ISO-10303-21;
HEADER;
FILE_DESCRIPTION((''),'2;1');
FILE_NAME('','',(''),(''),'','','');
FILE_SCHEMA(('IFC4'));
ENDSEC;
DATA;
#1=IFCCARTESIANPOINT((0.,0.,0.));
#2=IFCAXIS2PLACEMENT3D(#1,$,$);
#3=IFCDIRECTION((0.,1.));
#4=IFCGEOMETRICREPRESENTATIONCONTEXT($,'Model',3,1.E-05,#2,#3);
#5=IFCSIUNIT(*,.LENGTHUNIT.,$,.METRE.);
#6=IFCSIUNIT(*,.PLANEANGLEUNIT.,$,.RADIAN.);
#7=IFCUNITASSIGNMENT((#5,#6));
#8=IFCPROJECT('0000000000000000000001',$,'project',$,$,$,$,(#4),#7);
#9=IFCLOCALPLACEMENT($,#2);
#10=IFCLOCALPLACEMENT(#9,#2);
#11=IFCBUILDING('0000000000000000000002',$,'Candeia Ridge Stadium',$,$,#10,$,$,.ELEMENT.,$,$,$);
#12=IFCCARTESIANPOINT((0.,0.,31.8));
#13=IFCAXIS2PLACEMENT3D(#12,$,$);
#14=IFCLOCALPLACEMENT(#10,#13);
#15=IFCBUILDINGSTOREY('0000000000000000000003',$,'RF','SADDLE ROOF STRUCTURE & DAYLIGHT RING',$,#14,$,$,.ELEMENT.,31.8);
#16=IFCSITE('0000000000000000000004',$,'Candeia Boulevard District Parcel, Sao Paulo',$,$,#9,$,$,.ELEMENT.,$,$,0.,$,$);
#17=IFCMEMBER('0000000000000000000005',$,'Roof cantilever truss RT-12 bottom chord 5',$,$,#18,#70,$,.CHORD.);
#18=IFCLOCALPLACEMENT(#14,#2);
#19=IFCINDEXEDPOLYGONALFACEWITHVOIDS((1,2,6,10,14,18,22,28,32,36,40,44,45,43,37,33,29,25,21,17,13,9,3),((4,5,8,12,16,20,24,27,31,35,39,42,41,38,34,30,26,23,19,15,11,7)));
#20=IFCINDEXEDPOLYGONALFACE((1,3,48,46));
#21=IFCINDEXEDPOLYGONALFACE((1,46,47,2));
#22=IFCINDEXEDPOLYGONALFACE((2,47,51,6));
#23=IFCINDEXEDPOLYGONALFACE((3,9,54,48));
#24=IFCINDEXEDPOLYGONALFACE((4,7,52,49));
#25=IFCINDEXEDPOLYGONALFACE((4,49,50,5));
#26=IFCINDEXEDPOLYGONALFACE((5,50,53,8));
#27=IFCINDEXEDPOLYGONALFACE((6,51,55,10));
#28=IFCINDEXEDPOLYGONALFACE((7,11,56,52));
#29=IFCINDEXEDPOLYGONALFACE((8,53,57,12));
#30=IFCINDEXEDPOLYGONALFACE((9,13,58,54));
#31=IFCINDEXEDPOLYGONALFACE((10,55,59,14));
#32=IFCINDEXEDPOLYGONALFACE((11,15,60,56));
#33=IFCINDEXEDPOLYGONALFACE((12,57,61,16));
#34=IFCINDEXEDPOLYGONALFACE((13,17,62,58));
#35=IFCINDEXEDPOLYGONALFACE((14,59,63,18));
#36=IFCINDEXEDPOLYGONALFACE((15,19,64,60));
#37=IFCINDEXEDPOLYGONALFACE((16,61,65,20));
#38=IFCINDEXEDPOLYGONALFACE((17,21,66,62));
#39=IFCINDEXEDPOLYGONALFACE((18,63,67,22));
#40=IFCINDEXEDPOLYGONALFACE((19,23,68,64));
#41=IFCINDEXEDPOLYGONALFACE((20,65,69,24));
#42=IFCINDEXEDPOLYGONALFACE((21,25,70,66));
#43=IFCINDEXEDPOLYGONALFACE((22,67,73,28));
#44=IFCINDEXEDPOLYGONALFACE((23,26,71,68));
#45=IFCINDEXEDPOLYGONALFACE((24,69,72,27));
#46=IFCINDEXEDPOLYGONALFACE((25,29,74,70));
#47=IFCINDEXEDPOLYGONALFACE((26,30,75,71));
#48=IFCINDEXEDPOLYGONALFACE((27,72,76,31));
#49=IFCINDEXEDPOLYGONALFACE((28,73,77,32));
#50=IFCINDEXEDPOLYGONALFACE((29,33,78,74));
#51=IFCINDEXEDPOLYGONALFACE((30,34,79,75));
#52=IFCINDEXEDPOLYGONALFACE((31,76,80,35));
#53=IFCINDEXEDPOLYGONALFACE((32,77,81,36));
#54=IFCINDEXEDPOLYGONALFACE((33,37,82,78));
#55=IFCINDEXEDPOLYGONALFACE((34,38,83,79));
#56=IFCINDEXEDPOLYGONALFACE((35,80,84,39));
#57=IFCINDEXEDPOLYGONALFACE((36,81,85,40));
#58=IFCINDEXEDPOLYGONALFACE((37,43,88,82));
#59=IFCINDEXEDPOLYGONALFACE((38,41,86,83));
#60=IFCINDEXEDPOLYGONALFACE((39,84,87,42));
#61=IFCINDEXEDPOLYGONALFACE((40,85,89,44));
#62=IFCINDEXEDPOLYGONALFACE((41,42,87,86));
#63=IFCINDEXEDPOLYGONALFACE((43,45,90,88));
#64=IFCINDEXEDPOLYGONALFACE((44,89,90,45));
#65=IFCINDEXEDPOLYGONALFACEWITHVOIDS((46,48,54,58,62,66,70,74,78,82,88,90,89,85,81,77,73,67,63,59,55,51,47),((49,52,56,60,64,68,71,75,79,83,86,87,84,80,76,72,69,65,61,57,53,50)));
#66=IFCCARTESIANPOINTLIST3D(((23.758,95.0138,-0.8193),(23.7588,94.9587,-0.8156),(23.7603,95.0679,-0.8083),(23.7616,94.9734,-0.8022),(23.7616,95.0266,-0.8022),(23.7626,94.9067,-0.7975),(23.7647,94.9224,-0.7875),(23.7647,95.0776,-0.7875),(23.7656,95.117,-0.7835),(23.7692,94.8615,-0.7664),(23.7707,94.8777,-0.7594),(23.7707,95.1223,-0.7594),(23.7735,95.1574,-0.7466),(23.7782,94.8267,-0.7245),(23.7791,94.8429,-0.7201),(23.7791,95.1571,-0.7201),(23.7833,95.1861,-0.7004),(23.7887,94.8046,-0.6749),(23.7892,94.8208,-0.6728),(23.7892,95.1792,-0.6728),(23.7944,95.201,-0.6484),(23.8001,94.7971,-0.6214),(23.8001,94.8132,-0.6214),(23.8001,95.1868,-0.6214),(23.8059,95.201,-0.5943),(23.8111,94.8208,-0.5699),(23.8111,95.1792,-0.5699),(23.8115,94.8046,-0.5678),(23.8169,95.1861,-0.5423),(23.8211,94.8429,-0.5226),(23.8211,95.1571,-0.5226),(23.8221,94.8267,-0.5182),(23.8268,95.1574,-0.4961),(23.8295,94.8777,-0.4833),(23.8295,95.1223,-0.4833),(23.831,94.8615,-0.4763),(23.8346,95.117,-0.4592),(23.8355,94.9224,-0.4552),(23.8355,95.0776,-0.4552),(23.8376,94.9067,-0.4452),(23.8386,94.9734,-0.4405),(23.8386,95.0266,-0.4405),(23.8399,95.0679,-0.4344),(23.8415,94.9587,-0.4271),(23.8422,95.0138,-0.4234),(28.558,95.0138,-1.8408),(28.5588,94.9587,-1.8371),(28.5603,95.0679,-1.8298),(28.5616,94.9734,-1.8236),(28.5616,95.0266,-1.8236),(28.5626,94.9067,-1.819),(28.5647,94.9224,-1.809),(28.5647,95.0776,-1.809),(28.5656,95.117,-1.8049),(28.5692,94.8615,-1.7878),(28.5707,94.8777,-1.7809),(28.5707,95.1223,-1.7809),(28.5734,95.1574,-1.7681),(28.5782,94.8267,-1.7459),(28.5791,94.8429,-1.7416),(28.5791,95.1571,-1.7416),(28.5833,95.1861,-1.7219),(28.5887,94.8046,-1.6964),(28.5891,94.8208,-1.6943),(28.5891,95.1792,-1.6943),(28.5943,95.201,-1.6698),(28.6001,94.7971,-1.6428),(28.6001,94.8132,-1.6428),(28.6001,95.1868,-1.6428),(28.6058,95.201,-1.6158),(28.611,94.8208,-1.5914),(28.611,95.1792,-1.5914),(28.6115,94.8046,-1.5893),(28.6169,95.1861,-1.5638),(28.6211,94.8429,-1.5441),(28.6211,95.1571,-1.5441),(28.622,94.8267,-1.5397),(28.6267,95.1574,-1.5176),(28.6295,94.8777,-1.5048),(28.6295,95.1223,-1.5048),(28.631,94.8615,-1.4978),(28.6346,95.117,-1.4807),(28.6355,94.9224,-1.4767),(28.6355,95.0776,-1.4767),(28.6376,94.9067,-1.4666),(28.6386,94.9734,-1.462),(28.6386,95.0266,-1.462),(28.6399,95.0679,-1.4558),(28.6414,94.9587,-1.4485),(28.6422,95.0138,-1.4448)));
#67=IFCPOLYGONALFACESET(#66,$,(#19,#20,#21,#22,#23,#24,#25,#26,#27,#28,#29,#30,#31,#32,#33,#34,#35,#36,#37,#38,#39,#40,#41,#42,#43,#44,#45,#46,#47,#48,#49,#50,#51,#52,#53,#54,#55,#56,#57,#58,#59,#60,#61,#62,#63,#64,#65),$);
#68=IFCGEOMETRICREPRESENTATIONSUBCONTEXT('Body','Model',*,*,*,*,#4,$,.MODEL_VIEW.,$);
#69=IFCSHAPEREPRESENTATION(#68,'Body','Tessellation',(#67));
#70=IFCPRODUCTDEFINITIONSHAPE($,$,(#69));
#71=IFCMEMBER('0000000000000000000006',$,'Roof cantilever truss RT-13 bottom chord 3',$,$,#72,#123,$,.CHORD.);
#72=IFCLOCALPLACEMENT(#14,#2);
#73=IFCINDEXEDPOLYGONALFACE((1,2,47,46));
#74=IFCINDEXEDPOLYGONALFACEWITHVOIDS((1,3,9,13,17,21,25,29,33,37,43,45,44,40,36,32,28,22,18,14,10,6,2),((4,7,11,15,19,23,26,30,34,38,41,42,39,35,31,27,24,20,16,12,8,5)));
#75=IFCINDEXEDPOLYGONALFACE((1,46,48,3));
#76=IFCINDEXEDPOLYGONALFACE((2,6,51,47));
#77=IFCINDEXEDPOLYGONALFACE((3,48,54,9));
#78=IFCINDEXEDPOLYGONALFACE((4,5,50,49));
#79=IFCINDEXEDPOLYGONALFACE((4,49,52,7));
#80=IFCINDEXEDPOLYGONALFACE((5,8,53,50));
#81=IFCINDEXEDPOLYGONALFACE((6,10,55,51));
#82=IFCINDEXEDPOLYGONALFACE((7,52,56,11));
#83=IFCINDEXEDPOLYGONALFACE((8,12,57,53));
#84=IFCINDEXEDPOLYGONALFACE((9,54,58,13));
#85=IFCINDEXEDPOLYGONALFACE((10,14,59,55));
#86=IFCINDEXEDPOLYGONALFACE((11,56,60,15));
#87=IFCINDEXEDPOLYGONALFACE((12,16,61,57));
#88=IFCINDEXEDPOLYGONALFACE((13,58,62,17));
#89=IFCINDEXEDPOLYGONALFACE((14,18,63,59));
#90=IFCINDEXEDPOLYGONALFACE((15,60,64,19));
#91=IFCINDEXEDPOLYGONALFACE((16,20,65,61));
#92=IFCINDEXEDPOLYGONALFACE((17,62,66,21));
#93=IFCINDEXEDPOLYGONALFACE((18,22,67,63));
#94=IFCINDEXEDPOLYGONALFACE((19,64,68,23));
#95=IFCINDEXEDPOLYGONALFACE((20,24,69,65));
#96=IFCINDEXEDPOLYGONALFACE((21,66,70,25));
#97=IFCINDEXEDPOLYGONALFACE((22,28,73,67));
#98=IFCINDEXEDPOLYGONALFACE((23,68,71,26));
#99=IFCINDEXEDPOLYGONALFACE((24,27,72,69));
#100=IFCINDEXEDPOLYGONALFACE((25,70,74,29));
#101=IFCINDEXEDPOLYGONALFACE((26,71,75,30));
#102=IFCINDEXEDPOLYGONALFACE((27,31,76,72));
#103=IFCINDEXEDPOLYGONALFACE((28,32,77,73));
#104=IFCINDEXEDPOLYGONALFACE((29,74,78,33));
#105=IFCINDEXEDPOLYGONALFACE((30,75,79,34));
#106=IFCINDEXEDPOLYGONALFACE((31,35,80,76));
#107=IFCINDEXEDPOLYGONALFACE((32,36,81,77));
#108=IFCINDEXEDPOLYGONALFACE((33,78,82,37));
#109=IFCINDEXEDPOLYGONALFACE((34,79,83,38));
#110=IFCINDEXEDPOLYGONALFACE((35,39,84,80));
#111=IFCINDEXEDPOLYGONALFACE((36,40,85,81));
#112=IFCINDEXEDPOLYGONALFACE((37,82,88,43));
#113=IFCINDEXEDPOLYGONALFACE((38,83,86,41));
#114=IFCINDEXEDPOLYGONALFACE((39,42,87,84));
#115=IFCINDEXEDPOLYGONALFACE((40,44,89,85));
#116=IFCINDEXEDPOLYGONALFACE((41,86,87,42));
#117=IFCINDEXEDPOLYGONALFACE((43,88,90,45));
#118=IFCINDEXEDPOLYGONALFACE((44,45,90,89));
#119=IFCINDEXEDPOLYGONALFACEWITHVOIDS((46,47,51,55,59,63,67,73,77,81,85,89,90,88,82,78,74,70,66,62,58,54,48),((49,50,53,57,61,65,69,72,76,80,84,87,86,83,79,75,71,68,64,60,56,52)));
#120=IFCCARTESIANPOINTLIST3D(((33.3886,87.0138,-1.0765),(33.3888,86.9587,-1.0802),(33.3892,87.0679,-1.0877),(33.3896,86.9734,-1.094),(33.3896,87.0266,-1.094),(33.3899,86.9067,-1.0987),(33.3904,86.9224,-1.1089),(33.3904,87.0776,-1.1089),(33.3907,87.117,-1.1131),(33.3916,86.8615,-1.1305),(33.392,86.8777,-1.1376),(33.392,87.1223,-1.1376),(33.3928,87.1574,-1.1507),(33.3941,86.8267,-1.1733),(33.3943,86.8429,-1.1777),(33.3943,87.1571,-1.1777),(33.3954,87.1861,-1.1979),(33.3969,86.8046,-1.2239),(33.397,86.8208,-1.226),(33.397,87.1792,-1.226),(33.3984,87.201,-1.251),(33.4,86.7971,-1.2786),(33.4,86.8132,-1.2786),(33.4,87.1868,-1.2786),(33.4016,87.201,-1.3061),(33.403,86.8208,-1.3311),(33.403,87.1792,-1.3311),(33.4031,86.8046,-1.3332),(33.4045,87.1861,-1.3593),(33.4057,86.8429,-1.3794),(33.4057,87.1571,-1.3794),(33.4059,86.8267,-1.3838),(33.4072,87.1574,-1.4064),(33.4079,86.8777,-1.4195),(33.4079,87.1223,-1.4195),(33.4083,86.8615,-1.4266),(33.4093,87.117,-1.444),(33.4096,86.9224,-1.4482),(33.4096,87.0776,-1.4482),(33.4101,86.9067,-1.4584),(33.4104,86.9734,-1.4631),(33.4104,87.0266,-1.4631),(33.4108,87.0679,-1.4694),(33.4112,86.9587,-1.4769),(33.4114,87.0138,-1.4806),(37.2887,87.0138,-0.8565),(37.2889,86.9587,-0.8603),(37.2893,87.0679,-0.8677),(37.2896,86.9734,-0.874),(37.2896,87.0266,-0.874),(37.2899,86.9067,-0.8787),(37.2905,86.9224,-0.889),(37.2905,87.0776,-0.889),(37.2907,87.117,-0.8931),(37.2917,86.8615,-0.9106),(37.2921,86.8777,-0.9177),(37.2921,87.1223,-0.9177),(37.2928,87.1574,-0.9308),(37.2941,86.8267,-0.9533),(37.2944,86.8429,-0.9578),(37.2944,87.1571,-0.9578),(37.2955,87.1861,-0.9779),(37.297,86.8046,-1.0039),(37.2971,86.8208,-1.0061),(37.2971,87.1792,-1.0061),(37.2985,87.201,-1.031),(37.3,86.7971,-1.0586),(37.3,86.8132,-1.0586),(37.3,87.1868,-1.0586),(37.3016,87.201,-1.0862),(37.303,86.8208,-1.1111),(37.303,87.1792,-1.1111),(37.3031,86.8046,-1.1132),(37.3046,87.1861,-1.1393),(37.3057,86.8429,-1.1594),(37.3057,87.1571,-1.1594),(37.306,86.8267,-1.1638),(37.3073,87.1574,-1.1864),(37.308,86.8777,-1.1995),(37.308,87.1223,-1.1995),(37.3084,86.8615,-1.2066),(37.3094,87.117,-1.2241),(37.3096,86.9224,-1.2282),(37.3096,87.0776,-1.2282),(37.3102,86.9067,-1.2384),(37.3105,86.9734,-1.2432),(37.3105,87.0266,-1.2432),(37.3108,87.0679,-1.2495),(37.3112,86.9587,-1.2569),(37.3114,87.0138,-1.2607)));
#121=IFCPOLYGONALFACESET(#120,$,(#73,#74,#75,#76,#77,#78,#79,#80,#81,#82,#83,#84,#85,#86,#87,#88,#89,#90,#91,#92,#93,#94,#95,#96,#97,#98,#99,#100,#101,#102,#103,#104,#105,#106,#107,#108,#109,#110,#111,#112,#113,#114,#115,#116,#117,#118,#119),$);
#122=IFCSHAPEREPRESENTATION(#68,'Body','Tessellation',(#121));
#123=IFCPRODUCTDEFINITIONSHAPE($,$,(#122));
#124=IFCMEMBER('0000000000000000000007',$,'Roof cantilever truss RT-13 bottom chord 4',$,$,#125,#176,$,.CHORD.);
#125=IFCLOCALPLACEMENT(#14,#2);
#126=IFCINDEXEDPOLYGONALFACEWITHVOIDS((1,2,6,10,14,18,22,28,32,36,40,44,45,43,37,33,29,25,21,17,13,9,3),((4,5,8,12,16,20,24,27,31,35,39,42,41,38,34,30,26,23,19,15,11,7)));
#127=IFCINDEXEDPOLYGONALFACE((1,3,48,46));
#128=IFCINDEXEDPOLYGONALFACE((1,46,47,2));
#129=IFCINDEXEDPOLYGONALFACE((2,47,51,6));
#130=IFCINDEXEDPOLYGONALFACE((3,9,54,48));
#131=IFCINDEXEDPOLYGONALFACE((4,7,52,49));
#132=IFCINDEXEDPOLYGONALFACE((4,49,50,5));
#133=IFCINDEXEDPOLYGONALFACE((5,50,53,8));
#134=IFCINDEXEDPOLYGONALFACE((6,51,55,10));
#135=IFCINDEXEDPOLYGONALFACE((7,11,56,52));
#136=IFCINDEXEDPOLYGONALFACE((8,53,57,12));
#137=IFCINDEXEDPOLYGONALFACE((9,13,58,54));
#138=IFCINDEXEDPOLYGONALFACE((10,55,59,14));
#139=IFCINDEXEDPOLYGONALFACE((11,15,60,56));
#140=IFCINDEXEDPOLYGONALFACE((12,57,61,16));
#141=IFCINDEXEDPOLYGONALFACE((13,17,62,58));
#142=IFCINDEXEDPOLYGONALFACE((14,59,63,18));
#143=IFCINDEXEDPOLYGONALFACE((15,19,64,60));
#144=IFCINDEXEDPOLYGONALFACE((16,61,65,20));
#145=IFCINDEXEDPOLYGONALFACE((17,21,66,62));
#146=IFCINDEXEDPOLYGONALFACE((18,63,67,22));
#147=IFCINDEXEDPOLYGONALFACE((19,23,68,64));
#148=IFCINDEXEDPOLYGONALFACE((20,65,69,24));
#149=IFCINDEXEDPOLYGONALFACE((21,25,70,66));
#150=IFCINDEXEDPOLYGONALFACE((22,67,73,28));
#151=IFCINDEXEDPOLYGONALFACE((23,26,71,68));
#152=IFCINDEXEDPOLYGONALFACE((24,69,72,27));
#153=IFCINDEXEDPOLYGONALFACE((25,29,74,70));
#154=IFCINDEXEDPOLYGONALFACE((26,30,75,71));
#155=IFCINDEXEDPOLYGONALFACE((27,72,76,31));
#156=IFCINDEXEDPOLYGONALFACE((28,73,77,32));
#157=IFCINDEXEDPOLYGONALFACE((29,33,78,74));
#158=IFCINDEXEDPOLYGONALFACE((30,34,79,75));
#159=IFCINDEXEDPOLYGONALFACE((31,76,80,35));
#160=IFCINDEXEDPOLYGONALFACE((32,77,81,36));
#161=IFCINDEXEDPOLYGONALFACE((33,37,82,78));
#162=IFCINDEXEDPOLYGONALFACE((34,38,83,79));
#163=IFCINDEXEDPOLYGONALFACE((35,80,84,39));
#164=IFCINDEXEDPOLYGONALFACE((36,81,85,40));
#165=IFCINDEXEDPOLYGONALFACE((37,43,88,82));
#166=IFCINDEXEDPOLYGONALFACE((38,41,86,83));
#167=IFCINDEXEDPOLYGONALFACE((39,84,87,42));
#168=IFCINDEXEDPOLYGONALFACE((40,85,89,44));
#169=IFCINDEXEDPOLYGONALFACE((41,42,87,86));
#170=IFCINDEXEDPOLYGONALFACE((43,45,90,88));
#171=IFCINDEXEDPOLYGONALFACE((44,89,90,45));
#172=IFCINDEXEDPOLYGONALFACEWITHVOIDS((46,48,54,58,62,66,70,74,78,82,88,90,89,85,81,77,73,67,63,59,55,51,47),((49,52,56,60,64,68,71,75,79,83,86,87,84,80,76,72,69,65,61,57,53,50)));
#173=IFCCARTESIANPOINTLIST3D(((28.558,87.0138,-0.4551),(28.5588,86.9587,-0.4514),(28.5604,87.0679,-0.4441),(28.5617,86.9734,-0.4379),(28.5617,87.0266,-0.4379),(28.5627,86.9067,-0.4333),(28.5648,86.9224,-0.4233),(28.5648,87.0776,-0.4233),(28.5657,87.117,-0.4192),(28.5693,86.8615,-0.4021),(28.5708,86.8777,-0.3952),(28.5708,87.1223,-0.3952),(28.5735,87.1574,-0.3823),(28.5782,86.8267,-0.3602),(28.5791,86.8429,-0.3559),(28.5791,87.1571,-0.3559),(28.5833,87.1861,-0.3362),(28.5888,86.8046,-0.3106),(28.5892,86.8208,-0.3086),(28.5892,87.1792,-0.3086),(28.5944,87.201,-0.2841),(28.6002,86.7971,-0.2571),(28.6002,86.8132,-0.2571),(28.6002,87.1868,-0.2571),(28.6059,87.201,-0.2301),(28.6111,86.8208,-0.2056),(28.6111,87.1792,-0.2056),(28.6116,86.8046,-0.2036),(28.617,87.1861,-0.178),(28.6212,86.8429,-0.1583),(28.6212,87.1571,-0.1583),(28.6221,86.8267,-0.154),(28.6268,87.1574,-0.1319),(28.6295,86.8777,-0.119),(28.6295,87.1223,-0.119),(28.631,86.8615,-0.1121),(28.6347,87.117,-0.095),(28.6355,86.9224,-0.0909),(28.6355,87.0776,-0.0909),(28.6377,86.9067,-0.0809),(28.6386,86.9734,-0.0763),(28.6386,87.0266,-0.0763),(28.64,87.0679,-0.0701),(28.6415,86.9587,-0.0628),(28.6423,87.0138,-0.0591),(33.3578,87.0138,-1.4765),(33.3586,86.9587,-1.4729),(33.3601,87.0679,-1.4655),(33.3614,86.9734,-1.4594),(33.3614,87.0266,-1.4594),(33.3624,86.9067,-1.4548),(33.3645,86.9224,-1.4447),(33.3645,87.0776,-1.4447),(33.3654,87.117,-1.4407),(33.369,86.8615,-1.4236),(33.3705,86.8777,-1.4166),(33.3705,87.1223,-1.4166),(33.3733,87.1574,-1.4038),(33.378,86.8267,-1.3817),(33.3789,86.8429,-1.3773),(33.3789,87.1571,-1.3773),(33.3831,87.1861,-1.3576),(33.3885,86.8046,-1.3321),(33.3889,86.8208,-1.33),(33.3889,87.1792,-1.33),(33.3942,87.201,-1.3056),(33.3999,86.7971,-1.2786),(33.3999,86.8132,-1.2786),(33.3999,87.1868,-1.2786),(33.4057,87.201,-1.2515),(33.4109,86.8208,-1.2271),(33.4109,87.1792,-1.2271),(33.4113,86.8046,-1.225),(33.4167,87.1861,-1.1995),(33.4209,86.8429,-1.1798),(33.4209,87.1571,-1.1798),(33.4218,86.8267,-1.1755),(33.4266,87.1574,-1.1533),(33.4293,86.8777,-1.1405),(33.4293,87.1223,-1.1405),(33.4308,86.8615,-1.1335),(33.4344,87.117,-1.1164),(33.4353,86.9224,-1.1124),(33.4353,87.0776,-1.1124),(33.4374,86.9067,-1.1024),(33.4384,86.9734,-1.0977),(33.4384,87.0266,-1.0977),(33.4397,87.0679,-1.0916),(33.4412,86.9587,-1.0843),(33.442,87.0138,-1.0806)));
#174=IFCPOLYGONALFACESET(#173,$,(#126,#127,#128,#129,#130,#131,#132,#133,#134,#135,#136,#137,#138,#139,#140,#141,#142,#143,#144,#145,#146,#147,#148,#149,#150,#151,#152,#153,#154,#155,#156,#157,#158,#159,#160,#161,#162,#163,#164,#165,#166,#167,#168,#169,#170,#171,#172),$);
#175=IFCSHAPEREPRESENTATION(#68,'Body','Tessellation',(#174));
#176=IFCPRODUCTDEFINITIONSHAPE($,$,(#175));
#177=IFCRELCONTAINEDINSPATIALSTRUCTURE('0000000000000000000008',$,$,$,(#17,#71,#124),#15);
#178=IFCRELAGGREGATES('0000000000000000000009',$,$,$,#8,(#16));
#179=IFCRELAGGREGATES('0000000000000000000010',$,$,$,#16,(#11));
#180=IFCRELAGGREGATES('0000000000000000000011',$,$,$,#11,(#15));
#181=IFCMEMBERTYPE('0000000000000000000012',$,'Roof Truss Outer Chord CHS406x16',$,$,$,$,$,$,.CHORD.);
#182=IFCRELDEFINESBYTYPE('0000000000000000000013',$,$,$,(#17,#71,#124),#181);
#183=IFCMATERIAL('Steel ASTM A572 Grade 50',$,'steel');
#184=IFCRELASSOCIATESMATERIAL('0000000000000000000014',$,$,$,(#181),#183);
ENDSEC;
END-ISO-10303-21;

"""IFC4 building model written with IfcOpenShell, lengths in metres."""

from ifc_helpers import new_model, si_unit, direction, frame, origin, origin_2d, place, context, subcontext, project, spatial, hollow_circle, extrude, material, material_profile, profile_set, type_object, element, save


model = new_model("IFC4")

# Units and contexts
model_context = context("Model", 3, precision=1e-05, world=origin(), true_north=direction((0.0, 1.0)))
body_context = subcontext(model_context, "Body", "Model", "MODEL_VIEW")
ifc_project = project(units=[si_unit("LENGTHUNIT", "METRE"), si_unit("PLANEANGLEUNIT", "RADIAN")], contexts=[model_context])

# Site, building, storey
site_placement = place(None, origin())
site = spatial("IfcSite", under=ifc_project, at=site_placement, Name="Candeia Boulevard District Parcel, Sao Paulo", CompositionType="ELEMENT", RefElevation=0.0)
building_placement = place(site_placement, origin())
building = spatial("IfcBuilding", under=site, at=building_placement, Name="Candeia Ridge Stadium", CompositionType="ELEMENT")
storey_placement = place(building_placement, frame((0.0, 0.0, 31.8)))
storey = spatial("IfcBuildingStorey", under=building, at=storey_placement, Name="RF", Description="SADDLE ROOF STRUCTURE & DAYLIGHT RING", CompositionType="ELEMENT", Elevation=31.8)

# Shared definitions
ifc_material_1 = material(Name="Steel ASTM A572 Grade 50", Category="steel")

# Members
ifc_material_profile_1 = material_profile(ifc_material_1, hollow_circle(Radius=0.2029, WallThickness=0.0161, at=origin_2d()), Name="CHS406x16", Category="steel")
ifc_profile_set_1 = profile_set([ifc_material_profile_1], Name="Steel ASTM A572 Grade 50")
member_type_1 = type_object("IfcMemberType", Name="Roof Truss Outer Chord CHS406x16", PredefinedType="CHORD", material=ifc_profile_set_1)
member_1_placement = place(storey_placement, frame((28.6001, 95.0, -1.6428), z_axis=(-0.978098, 0.0, 0.208146), x_axis=(0.0, -1.0, 0.0)))
element("IfcMember", 1, at=member_1_placement, inside=storey, type_object=member_type_1, Name="Roof cantilever truss RT-12 bottom chord 5", PredefinedType="CHORD", context=body_context, shape_type="SweptSolid", body=[
    extrude(hollow_circle(Radius=0.2029, WallThickness=0.0161, at=origin_2d()), origin(), (0.0, 0.0, 1.0), 4.9075),
])
member_2_placement = place(storey_placement, frame((37.3, 87.0, -1.0586), z_axis=(-0.998413, 0.0, -0.056311), x_axis=(0.0, -1.0, 0.0)))
element("IfcMember", 2, at=member_2_placement, inside=storey, type_object=member_type_1, Name="Roof cantilever truss RT-13 bottom chord 3", PredefinedType="CHORD", context=body_context, shape_type="SweptSolid", body=[
    extrude(hollow_circle(Radius=0.2029, WallThickness=0.0161, at=origin_2d()), origin(), (0.0, 0.0, 1.0), 3.9062),
])
member_3_placement = place(storey_placement, frame((33.3999, 87.0, -1.2786), z_axis=(-0.978096, 0.0, 0.208156), x_axis=(0.0, -1.0, 0.0)))
element("IfcMember", 3, at=member_3_placement, inside=storey, type_object=member_type_1, Name="Roof cantilever truss RT-13 bottom chord 4", PredefinedType="CHORD", context=body_context, shape_type="SweptSolid", body=[
    extrude(hollow_circle(Radius=0.2029, WallThickness=0.0161, at=origin_2d()), origin(), (0.0, 0.0, 1.0), 4.9072),
])

save(model, "model.ifc")
